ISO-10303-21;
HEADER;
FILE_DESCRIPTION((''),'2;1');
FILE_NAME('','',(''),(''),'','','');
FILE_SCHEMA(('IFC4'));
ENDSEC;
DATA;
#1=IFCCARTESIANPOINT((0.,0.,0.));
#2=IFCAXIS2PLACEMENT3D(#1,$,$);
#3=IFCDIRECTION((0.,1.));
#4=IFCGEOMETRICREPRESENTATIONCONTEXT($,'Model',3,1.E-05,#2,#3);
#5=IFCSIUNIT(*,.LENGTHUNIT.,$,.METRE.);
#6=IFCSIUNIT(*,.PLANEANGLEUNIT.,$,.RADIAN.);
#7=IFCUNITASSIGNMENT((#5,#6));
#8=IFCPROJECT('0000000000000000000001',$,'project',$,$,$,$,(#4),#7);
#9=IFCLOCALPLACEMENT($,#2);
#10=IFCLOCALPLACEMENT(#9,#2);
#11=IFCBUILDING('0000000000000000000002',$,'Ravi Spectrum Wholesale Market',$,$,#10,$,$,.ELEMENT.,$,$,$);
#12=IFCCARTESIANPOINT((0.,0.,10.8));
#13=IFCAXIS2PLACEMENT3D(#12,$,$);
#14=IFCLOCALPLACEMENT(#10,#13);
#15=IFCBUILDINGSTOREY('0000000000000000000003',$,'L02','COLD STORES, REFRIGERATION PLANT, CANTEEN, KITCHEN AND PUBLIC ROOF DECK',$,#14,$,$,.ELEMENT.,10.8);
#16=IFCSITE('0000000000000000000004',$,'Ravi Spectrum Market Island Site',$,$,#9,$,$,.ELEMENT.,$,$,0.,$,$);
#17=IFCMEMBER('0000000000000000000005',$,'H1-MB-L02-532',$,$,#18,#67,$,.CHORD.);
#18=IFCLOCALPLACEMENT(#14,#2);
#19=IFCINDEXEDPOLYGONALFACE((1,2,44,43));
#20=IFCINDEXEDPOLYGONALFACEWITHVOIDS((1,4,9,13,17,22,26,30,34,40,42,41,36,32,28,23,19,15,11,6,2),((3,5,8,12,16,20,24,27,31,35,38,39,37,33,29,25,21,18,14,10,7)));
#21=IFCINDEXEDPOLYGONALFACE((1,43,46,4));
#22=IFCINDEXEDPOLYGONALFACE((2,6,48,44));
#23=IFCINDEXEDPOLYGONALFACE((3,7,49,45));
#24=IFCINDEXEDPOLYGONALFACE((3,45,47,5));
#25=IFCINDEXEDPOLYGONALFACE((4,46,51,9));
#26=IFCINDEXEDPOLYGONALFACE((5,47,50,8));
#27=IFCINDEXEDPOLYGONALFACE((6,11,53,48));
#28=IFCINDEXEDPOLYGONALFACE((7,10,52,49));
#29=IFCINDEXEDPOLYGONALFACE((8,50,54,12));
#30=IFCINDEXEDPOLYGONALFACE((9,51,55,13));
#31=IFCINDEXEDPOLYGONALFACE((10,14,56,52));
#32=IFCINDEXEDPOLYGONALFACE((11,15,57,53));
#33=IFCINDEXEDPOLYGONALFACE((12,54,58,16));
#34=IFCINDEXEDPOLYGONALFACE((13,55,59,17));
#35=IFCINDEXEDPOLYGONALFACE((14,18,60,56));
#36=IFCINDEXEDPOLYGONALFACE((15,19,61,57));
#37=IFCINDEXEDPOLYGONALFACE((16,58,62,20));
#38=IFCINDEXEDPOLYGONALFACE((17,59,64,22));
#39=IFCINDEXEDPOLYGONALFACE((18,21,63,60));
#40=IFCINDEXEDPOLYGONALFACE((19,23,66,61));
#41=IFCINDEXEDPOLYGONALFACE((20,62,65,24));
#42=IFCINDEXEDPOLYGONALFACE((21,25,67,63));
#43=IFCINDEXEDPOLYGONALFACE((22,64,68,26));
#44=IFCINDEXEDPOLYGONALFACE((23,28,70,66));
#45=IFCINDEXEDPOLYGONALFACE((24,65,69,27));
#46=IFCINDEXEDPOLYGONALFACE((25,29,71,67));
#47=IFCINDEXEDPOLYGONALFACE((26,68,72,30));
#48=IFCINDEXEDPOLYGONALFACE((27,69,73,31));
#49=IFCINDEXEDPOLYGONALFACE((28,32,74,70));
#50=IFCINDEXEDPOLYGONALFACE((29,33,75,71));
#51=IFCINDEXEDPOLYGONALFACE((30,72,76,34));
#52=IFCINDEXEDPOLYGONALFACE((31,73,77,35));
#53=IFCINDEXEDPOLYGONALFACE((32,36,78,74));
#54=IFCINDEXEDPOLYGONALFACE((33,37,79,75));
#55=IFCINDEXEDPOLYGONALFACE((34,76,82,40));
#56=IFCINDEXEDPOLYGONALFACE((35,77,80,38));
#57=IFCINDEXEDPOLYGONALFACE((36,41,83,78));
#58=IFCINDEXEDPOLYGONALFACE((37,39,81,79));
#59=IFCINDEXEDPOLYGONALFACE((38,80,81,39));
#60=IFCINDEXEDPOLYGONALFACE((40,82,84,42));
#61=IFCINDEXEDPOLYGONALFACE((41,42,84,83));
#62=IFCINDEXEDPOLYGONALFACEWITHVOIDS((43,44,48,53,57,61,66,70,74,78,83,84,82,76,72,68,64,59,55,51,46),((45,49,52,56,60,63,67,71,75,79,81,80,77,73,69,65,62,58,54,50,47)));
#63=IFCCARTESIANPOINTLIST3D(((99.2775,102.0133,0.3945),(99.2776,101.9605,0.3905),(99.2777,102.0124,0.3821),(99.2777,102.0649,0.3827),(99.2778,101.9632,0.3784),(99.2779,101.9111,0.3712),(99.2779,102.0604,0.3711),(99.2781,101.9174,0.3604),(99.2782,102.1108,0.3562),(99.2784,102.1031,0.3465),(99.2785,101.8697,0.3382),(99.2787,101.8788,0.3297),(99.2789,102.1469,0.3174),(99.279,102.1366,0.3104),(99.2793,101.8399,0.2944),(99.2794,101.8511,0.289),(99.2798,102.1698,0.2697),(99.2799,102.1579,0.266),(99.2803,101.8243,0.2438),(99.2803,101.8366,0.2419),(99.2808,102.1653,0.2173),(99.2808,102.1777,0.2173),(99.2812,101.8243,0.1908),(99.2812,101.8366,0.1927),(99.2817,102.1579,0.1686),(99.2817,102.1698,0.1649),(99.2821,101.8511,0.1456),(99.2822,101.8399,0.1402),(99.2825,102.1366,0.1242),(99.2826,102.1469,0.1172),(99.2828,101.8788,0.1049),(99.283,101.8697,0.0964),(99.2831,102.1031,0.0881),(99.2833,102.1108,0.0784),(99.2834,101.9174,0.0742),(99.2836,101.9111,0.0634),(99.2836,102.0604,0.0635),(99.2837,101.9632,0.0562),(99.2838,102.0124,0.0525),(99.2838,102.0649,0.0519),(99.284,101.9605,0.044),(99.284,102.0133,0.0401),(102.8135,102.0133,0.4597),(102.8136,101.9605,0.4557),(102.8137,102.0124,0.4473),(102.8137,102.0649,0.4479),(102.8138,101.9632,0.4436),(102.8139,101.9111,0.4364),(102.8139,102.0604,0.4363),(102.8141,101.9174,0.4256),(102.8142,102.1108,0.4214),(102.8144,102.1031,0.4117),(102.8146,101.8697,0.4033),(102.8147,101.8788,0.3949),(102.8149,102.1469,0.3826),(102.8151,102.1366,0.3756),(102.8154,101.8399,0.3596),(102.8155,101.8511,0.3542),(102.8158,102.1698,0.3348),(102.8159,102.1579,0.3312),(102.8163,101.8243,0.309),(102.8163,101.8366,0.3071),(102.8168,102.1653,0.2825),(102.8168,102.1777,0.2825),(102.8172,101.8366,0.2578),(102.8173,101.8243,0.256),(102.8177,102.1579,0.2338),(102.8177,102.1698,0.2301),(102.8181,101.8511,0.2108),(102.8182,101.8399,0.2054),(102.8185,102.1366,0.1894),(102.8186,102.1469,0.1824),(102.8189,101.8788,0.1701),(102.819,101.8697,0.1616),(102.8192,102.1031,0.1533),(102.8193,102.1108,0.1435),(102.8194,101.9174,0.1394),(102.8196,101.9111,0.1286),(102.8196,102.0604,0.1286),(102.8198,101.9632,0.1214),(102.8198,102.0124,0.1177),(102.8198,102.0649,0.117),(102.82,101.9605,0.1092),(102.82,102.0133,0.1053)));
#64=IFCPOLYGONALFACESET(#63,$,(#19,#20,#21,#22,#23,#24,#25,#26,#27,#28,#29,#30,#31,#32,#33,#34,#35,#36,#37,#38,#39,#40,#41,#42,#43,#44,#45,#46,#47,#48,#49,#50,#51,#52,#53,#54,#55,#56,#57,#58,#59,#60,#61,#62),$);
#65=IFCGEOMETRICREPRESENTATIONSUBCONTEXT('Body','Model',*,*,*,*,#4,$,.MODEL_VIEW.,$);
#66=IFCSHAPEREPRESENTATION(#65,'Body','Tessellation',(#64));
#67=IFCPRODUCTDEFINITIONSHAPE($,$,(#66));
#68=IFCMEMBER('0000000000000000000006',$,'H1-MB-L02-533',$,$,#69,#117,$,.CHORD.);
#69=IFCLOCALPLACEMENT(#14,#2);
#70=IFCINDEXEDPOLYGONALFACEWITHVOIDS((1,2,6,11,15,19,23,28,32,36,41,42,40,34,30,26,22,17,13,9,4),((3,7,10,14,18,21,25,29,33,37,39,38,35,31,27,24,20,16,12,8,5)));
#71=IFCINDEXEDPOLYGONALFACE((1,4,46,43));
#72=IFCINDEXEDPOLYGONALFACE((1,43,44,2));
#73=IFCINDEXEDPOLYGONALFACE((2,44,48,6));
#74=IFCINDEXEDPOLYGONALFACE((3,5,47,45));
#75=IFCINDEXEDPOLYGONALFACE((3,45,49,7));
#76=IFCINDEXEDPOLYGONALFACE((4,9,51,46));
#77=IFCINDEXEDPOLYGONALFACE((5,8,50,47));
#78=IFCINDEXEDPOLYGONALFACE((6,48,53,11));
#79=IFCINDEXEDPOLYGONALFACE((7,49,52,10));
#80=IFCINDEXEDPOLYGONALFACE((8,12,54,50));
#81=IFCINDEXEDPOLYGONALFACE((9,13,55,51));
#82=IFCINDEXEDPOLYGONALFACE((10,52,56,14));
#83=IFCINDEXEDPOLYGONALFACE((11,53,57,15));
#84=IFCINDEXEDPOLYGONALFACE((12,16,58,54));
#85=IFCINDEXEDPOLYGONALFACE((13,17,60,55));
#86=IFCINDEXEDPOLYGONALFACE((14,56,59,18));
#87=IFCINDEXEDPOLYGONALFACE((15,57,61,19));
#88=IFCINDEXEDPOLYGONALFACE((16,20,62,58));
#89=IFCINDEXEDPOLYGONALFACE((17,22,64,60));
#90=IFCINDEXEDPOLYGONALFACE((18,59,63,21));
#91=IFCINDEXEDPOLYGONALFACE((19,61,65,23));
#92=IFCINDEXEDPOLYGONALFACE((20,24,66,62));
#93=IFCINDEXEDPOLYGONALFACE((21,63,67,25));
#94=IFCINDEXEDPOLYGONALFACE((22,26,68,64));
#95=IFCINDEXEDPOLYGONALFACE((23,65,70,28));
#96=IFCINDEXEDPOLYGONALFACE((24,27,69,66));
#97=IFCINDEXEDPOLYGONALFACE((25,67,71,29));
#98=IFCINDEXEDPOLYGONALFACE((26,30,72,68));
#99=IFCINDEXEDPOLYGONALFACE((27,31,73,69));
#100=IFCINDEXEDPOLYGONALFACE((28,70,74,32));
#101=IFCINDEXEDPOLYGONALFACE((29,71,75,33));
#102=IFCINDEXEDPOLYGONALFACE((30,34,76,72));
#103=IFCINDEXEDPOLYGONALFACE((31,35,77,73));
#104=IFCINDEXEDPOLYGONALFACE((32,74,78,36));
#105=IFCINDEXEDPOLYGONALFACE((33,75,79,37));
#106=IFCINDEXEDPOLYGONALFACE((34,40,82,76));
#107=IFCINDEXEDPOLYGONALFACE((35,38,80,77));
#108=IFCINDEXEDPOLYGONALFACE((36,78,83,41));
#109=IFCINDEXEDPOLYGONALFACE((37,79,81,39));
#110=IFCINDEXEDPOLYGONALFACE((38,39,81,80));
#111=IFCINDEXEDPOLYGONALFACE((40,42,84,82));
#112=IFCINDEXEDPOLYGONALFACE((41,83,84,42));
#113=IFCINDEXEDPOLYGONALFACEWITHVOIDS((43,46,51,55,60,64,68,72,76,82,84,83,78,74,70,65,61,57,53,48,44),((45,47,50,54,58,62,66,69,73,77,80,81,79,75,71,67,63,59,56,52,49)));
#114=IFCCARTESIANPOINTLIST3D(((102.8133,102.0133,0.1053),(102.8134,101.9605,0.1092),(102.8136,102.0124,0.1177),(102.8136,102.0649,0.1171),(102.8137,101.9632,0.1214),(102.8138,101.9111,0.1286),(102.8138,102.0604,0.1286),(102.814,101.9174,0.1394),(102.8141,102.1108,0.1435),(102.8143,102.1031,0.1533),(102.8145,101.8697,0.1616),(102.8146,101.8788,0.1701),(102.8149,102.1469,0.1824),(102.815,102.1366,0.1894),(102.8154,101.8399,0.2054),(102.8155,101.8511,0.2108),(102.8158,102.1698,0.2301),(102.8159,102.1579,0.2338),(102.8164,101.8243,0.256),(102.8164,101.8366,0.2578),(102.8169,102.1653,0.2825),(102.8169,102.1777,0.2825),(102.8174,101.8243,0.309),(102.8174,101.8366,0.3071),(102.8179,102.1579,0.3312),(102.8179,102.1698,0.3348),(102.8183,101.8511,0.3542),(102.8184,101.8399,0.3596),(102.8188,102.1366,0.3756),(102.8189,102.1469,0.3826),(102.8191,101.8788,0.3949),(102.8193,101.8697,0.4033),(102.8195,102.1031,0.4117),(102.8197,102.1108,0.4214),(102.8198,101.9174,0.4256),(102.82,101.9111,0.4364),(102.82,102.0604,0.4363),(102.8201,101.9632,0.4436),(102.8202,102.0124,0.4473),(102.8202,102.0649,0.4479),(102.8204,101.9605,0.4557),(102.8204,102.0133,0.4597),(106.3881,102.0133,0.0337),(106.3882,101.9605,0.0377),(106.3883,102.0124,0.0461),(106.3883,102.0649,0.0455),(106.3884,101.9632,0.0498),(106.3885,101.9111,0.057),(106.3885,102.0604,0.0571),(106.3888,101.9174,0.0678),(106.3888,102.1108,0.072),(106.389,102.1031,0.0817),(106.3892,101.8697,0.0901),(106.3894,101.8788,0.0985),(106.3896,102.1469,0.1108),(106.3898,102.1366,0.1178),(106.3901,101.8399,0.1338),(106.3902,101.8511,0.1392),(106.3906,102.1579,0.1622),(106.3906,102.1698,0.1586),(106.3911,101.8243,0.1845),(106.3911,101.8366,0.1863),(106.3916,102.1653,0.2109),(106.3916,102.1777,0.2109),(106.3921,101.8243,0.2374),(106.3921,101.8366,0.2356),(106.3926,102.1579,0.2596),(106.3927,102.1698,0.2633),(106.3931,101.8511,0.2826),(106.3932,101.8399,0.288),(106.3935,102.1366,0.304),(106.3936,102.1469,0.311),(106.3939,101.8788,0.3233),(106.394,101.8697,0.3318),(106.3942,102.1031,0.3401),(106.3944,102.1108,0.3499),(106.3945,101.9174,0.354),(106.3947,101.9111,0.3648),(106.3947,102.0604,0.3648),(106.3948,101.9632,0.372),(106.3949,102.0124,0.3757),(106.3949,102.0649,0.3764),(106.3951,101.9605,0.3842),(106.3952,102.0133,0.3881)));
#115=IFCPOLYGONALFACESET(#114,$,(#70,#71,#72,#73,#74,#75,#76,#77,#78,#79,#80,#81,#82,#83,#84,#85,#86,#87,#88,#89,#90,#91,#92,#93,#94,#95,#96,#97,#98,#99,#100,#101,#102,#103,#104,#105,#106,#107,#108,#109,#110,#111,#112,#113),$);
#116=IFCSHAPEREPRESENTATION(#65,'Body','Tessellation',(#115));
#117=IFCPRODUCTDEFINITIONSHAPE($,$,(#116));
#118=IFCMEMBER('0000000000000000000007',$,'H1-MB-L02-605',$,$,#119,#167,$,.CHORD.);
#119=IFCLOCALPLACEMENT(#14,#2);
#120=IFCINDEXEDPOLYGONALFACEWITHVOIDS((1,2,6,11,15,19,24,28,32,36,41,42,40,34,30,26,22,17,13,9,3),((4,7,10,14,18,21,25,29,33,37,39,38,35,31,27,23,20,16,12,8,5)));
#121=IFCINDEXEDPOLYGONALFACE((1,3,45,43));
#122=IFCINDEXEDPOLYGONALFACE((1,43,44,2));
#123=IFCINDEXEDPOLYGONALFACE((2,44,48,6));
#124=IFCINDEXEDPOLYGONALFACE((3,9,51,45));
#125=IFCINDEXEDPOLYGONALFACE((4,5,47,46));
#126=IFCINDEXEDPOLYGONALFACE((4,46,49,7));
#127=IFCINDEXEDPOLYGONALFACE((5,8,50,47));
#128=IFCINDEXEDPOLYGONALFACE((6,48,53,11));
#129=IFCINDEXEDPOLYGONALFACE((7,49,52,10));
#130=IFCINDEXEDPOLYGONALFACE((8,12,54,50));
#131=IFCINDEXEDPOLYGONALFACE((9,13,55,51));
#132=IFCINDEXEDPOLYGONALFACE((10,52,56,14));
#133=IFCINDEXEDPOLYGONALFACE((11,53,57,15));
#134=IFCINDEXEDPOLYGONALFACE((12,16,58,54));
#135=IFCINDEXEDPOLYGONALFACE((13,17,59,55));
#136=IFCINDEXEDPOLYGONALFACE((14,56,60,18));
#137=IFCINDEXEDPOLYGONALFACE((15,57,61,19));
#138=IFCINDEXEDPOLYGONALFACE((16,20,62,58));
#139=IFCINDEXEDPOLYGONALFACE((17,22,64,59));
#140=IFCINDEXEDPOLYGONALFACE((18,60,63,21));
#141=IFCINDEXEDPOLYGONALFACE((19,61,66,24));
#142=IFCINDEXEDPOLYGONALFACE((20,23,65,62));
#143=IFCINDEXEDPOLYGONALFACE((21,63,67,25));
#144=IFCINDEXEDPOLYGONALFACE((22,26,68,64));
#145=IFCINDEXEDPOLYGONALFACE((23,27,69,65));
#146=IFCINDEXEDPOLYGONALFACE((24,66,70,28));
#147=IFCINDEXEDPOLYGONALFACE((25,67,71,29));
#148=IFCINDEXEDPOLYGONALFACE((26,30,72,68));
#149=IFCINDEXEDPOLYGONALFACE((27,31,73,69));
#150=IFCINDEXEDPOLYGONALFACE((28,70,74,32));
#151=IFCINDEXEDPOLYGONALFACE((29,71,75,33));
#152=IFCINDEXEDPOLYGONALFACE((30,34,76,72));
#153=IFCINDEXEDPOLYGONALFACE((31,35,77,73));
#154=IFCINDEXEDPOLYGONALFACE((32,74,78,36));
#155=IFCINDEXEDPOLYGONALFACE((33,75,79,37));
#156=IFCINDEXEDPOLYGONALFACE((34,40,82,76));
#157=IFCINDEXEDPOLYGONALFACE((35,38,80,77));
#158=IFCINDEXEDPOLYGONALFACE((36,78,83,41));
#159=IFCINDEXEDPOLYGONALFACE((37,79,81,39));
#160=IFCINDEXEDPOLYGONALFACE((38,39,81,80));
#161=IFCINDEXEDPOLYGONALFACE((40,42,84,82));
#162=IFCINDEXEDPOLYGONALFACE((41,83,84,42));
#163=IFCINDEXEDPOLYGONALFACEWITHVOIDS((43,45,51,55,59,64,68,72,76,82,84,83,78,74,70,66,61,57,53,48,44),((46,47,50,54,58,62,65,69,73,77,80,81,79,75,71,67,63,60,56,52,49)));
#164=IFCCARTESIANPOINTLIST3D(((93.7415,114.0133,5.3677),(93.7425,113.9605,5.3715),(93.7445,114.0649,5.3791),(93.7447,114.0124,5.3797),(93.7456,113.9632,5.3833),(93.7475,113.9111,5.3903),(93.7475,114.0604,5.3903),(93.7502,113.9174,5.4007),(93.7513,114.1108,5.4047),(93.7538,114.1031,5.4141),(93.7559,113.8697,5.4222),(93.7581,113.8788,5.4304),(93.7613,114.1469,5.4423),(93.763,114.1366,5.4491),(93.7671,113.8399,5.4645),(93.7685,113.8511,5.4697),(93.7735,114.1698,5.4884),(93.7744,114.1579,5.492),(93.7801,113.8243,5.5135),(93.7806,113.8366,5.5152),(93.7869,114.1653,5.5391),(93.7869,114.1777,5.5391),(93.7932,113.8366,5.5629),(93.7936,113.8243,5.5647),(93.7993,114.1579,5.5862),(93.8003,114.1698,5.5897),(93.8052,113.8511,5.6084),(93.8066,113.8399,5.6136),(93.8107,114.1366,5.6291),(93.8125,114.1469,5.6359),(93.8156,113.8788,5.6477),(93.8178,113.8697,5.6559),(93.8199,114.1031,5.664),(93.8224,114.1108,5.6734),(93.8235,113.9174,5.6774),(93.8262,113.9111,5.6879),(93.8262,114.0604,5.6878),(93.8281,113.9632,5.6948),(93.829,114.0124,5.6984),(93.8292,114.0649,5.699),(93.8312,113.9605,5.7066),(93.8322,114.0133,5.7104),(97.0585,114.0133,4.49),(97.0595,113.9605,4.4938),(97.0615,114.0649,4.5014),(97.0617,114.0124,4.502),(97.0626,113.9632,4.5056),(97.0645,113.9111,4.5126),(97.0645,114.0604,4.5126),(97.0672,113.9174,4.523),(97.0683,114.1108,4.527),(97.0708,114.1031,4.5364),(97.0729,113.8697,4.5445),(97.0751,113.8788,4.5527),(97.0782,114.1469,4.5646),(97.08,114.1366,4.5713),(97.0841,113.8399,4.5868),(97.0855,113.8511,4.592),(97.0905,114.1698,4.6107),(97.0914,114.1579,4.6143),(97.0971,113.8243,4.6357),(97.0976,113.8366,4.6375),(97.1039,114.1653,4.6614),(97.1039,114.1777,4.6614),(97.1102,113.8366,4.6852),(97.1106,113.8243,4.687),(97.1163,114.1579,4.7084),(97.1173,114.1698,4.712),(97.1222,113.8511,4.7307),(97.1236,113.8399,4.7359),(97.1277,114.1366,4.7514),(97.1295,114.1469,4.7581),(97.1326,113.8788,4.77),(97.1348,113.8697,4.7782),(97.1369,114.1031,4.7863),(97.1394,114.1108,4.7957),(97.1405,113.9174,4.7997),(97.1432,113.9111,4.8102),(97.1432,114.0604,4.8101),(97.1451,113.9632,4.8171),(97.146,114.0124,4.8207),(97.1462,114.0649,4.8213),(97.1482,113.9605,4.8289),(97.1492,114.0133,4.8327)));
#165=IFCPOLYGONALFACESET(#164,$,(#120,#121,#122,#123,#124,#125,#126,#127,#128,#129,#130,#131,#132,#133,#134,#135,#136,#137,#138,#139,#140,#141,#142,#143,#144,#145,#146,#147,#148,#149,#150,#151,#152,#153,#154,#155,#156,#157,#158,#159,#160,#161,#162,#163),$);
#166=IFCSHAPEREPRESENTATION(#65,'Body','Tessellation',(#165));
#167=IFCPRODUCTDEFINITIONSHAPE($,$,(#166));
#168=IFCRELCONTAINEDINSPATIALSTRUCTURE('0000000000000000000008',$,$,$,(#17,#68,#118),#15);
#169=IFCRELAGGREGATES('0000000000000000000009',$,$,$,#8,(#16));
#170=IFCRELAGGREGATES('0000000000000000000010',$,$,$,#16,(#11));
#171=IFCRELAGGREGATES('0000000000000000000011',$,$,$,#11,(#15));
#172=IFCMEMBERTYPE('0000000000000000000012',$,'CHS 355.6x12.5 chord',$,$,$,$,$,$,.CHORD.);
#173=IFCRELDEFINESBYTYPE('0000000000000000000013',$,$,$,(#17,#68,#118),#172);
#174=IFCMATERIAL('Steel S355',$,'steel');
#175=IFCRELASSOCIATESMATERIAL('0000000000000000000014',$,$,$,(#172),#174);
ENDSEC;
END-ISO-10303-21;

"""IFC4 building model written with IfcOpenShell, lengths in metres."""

from ifc_helpers import new_model, si_unit, direction, frame, origin, origin_2d, place, context, subcontext, project, spatial, hollow_circle, extrude, material, material_profile, profile_set, type_object, element, save


model = new_model("IFC4")

# Units and contexts
model_context = context("Model", 3, precision=1e-05, world=origin(), true_north=direction((0.0, 1.0)))
body_context = subcontext(model_context, "Body", "Model", "MODEL_VIEW")
ifc_project = project(units=[si_unit("LENGTHUNIT", "METRE"), si_unit("PLANEANGLEUNIT", "RADIAN")], contexts=[model_context])

# Site, building, storey
site_placement = place(None, origin())
site = spatial("IfcSite", under=ifc_project, at=site_placement, Name="Ravi Spectrum Market Island Site", CompositionType="ELEMENT", RefElevation=0.0)
building_placement = place(site_placement, origin())
building = spatial("IfcBuilding", under=site, at=building_placement, Name="Ravi Spectrum Wholesale Market", CompositionType="ELEMENT")
storey_placement = place(building_placement, frame((0.0, 0.0, 10.8)))
storey = spatial("IfcBuildingStorey", under=building, at=storey_placement, Name="L02", Description="COLD STORES, REFRIGERATION PLANT, CANTEEN, KITCHEN AND PUBLIC ROOF DECK", CompositionType="ELEMENT", Elevation=10.8)

# Members
ifc_material_1 = material(Name="Steel S355", Category="steel")
ifc_material_profile_1 = material_profile(ifc_material_1, hollow_circle(Radius=0.1777, WallThickness=0.0125, at=origin_2d()))
ifc_profile_set_1 = profile_set([ifc_material_profile_1], Name="Steel S355")
member_type_1 = type_object("IfcMemberType", Name="CHS 355.6x12.5 chord", PredefinedType="CHORD", material=ifc_profile_set_1)
member_1_placement = place(storey_placement, frame((99.2808, 102.0, 0.2173), z_axis=(0.99983, 0.0, 0.018431), x_axis=(0.0, 1.0, 0.0)))
element("IfcMember", 1, at=member_1_placement, inside=storey, type_object=member_type_1, Name="H1-MB-L02-532", PredefinedType="CHORD", context=body_context, shape_type="SweptSolid", body=[
    extrude(hollow_circle(Radius=0.1777, WallThickness=0.0125, at=origin_2d()), origin(), (0.0, 0.0, 1.0), 3.5366),
])
member_2_placement = place(storey_placement, frame((102.8169, 102.0, 0.2825), z_axis=(0.9998, 0.0, -0.020007), x_axis=(0.0, 1.0, 0.0)))
element("IfcMember", 2, at=member_2_placement, inside=storey, type_object=member_type_1, Name="H1-MB-L02-533", PredefinedType="CHORD", context=body_context, shape_type="SweptSolid", body=[
    extrude(hollow_circle(Radius=0.1777, WallThickness=0.0125, at=origin_2d()), origin(), (0.0, 0.0, 1.0), 3.5754),
])
for number, where, z_axis, x_axis, name in (
    (3, (93.7869, 114.0, 5.5391), (0.966728, 0.0, -0.255807), (0.0, 1.0, 0.0), "H1-MB-L02-605"),
):
    element("IfcMember", number, at=place(storey_placement, frame(where, z_axis=z_axis, x_axis=x_axis)), inside=storey, type_object=member_type_1, Name=name, PredefinedType="CHORD", context=body_context, shape_type="SweptSolid", body=[
        extrude(hollow_circle(Radius=0.1777, WallThickness=0.0125, at=origin_2d()), origin(), (0.0, 0.0, 1.0), 3.4312),
    ])

save(model, "model.ifc")
